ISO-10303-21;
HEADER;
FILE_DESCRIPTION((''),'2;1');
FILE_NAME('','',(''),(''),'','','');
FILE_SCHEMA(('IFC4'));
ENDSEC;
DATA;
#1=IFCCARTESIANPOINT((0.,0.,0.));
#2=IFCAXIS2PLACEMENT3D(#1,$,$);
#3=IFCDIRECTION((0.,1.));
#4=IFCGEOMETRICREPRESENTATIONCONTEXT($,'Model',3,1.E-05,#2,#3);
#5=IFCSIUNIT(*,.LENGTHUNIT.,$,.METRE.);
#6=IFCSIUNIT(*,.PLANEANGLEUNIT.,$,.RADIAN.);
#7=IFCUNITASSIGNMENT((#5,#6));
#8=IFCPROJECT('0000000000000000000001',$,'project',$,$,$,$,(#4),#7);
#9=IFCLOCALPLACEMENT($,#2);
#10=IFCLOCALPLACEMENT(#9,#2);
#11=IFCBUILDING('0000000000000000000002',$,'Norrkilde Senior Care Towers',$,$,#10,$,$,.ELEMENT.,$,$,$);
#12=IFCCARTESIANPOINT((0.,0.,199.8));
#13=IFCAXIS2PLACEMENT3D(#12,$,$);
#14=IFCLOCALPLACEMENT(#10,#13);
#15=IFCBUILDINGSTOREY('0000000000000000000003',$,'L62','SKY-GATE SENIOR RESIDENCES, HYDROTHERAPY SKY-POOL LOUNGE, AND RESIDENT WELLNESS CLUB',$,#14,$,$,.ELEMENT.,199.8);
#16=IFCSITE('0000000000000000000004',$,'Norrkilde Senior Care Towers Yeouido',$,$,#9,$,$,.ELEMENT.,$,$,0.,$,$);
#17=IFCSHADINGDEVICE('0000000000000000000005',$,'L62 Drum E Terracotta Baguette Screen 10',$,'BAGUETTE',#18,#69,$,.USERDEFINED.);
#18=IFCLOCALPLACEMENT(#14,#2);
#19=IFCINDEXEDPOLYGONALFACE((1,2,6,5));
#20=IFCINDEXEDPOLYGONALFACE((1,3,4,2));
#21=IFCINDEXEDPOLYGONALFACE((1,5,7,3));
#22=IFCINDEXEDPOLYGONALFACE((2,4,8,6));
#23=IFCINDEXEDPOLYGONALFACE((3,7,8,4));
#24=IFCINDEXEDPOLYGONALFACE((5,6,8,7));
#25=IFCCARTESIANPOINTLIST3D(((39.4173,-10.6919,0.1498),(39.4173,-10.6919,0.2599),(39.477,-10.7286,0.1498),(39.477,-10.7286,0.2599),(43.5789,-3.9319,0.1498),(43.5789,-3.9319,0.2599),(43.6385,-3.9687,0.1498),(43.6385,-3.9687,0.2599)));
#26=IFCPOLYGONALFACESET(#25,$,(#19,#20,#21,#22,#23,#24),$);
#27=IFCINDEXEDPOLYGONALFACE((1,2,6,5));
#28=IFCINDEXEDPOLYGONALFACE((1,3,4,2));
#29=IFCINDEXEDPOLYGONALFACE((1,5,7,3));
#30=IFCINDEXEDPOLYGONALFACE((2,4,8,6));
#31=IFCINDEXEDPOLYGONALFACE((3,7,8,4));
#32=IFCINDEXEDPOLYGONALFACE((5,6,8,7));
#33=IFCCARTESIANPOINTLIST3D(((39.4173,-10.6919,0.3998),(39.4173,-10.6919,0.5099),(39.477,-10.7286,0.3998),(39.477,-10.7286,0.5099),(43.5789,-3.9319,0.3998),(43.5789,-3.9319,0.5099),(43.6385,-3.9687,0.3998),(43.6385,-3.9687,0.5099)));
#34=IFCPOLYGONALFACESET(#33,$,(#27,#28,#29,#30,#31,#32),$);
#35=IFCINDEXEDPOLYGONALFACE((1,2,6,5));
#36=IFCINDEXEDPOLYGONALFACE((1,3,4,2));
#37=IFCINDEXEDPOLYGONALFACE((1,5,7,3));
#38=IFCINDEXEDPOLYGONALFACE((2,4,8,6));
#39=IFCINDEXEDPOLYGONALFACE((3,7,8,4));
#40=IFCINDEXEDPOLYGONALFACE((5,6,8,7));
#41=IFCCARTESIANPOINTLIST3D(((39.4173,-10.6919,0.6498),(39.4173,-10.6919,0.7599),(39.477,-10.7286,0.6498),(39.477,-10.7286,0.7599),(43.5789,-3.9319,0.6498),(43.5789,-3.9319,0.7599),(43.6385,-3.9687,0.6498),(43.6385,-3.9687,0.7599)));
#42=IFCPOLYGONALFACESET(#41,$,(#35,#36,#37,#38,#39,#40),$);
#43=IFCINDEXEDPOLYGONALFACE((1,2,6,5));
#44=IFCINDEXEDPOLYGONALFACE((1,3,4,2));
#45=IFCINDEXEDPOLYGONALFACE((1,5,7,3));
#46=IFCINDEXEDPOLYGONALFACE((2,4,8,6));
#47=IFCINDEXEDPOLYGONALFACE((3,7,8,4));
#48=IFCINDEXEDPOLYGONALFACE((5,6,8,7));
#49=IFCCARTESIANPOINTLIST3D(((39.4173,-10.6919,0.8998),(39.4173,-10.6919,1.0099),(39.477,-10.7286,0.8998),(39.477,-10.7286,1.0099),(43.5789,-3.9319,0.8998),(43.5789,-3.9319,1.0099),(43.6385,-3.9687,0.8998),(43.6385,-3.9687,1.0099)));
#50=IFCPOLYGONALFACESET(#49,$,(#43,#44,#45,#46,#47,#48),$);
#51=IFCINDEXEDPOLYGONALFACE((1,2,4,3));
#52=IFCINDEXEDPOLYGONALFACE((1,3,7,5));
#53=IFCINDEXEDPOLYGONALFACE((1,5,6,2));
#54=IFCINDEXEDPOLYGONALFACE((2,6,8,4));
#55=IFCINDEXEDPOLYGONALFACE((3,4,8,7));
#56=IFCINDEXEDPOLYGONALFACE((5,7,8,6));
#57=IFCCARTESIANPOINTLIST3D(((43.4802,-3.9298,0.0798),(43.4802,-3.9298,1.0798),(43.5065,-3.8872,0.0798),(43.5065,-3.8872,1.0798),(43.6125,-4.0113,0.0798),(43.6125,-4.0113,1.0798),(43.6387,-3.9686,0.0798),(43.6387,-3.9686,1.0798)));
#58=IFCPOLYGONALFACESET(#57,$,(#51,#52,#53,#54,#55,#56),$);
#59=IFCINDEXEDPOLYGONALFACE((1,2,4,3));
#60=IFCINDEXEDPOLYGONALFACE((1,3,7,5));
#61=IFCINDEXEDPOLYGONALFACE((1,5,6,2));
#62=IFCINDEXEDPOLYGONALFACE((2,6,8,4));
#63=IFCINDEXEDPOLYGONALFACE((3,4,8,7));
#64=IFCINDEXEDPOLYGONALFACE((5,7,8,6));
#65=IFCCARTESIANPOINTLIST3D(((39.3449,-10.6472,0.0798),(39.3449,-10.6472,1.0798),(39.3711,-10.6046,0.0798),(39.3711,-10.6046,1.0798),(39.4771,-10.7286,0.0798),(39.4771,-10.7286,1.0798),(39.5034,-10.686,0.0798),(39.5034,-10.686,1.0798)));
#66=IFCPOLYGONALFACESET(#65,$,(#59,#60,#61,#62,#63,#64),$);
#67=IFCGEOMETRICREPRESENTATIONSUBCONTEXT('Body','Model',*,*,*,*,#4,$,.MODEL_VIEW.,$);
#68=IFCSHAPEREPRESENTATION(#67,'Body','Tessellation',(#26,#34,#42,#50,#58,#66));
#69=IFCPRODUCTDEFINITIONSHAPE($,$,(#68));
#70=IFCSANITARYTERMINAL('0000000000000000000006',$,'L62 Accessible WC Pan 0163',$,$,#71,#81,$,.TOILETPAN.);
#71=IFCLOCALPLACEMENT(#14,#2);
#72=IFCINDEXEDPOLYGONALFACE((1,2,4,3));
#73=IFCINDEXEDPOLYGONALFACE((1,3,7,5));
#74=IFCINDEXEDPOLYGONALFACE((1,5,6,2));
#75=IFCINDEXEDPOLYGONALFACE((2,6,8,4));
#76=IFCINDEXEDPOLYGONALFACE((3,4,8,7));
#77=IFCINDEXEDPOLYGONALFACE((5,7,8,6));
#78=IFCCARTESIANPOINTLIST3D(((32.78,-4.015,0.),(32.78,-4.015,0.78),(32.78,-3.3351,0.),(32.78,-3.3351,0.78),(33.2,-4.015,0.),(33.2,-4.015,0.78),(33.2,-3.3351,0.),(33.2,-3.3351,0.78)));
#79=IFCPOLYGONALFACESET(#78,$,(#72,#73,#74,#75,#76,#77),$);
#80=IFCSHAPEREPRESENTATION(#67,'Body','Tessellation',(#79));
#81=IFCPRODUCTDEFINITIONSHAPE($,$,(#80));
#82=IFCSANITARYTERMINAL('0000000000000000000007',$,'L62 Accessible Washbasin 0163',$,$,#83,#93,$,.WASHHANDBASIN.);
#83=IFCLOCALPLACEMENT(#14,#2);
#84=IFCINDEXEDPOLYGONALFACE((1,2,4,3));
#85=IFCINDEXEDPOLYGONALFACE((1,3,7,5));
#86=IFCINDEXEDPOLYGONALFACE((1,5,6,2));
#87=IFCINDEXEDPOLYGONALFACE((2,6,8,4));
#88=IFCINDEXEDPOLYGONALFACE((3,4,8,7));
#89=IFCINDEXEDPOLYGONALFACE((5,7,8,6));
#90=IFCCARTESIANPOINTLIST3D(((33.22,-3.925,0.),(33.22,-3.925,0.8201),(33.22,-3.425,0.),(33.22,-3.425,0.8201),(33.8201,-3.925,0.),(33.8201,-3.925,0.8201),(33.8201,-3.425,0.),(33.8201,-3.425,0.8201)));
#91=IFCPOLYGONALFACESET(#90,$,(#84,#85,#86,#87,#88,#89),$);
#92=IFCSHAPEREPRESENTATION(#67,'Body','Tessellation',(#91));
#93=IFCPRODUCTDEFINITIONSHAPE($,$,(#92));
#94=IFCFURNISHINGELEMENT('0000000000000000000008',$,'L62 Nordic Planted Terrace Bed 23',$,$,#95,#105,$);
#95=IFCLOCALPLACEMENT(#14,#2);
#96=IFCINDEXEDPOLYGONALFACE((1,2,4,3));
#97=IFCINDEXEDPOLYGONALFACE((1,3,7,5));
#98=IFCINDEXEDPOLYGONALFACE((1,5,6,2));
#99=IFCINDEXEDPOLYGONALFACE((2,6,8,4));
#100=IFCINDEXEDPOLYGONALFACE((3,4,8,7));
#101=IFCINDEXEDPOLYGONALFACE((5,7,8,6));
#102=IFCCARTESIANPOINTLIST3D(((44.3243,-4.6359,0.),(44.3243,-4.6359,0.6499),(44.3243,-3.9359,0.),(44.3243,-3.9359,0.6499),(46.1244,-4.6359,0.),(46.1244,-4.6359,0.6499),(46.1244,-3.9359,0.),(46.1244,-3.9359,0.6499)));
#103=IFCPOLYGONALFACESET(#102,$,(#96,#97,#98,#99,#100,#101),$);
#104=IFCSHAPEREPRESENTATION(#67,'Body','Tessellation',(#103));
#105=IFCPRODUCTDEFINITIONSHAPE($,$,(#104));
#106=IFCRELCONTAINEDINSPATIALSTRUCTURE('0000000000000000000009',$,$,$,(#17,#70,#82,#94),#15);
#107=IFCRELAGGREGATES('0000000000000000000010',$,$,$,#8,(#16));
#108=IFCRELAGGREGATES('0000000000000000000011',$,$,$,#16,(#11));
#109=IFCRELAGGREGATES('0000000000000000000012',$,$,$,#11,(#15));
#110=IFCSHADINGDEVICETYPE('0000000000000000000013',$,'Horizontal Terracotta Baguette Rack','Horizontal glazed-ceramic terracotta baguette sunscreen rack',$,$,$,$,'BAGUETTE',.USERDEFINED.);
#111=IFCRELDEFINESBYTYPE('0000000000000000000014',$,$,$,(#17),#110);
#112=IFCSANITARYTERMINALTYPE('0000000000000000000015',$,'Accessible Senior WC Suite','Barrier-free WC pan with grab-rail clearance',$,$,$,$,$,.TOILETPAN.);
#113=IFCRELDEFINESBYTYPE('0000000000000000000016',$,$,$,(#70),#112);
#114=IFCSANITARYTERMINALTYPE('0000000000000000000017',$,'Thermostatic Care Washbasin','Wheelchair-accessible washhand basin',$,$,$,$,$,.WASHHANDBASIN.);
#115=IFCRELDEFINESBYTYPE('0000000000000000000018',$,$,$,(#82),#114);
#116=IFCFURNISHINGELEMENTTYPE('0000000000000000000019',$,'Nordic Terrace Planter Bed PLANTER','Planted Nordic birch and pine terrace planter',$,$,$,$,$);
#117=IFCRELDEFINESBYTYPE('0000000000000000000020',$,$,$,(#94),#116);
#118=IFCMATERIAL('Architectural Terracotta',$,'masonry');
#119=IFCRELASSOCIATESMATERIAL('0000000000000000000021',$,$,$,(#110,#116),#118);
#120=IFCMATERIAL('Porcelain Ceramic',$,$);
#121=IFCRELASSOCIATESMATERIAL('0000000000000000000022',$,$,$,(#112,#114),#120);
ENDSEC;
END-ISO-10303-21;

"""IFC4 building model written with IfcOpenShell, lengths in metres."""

from ifc_helpers import new_model, si_unit, direction, frame, origin, origin_2d, place, context, subcontext, project, spatial, rectangle, extrude, source, transform, mapped, material, type_object, type_shapes, element, save


model = new_model("IFC4")

# Units and contexts
model_context = context("Model", 3, precision=1e-05, world=origin(), true_north=direction((0.0, 1.0)))
body_context = subcontext(model_context, "Body", "Model", "MODEL_VIEW")
ifc_project = project(units=[si_unit("LENGTHUNIT", "METRE"), si_unit("PLANEANGLEUNIT", "RADIAN")], contexts=[model_context])

# Site, building, storey
site_placement = place(None, origin())
site = spatial("IfcSite", under=ifc_project, at=site_placement, Name="Norrkilde Senior Care Towers Yeouido", CompositionType="ELEMENT", RefElevation=0.0)
building_placement = place(site_placement, origin())
building = spatial("IfcBuilding", under=site, at=building_placement, Name="Norrkilde Senior Care Towers", CompositionType="ELEMENT")
storey_placement = place(building_placement, frame((0.0, 0.0, 199.8)))
storey = spatial("IfcBuildingStorey", under=building, at=storey_placement, Name="L62", Description="SKY-GATE SENIOR RESIDENCES, HYDROTHERAPY SKY-POOL LOUNGE, AND RESIDENT WELLNESS CLUB", CompositionType="ELEMENT", Elevation=199.8)

# Shading device
ifc_material_1 = material(Name="Architectural Terracotta", Category="masonry")
shading_device_type = type_object("IfcShadingDeviceType", Name="Horizontal Terracotta Baguette Rack", Description="Horizontal glazed-ceramic terracotta baguette sunscreen rack", ElementType="BAGUETTE", PredefinedType="USERDEFINED", material=ifc_material_1)
shared_shape_1 = source(origin(), body_context, "Body", "SweptSolid", [
    extrude(rectangle(XDim=0.0701, YDim=0.1101, at=origin_2d()), frame((0.0, 0.0901, 0.125), z_axis=(1.0, 0.0, 0.0), x_axis=(0.0, 1.0, 0.0)), (0.0, 0.0, 1.0), 7.9382),
    extrude(rectangle(XDim=0.0701, YDim=0.1101, at=origin_2d()), frame((0.0, 0.0901, 0.375), z_axis=(1.0, 0.0, 0.0), x_axis=(0.0, 1.0, 0.0)), (0.0, 0.0, 1.0), 7.9382),
    extrude(rectangle(XDim=0.0701, YDim=0.1101, at=origin_2d()), frame((0.0, 0.0901, 0.625), z_axis=(1.0, 0.0, 0.0), x_axis=(0.0, 1.0, 0.0)), (0.0, 0.0, 1.0), 7.9382),
    extrude(rectangle(XDim=0.0701, YDim=0.1101, at=origin_2d()), frame((0.0, 0.0901, 0.875), z_axis=(1.0, 0.0, 0.0), x_axis=(0.0, 1.0, 0.0)), (0.0, 0.0, 1.0), 7.9382),
    extrude(rectangle(XDim=0.05, YDim=0.1553, at=origin_2d()), frame((0.0249, 0.0476, 0.0)), (0.0, 0.0, 1.0), 1.0),
    extrude(rectangle(XDim=0.05, YDim=0.1553, at=origin_2d()), frame((7.9131, 0.0476, 0.0)), (0.0, 0.0, 1.0), 1.0),
])
type_shapes(shading_device_type, [shared_shape_1])
shading_device_placement = place(storey_placement, frame((43.532, -3.9031, 0.0798), z_axis=(0.0, 0.0, 1.0), x_axis=(-0.52425, -0.851576, 0.0)))
element("IfcShadingDevice", 1, at=shading_device_placement, inside=storey, type_object=shading_device_type, Name="L62 Drum E Terracotta Baguette Screen 10", ObjectType="BAGUETTE", PredefinedType="USERDEFINED", context=body_context, shape_type="MappedRepresentation", body=[
    mapped(shared_shape_1, transform((0.0, 0.0, 0.0), x_axis=(1.0, 0.0, 0.0), y_axis=(0.0, 1.0, 0.0), z_axis=(0.0, 0.0, 1.0), scale=1.0)),
])

# Sanitary terminals
ifc_material_2 = material(Name="Porcelain Ceramic")
sanitary_terminal_type_1 = type_object("IfcSanitaryTerminalType", Name="Accessible Senior WC Suite", Description="Barrier-free WC pan with grab-rail clearance", PredefinedType="TOILETPAN", material=ifc_material_2)
shared_shape_2 = source(origin(), body_context, "Body", "SweptSolid", [
    extrude(rectangle(XDim=0.4199, YDim=0.6799, at=origin_2d()), origin(), (0.0, 0.0, 1.0), 0.78),
])
type_shapes(sanitary_terminal_type_1, [shared_shape_2])
sanitary_terminal_1_placement = place(storey_placement, frame((32.99, -3.675, 0.0), z_axis=(0.0, 0.0, 1.0), x_axis=(1.0, 0.0, 0.0)))
element("IfcSanitaryTerminal", 2, at=sanitary_terminal_1_placement, inside=storey, type_object=sanitary_terminal_type_1, Name="L62 Accessible WC Pan 0163", PredefinedType="TOILETPAN", context=body_context, shape_type="MappedRepresentation", body=[
    mapped(shared_shape_2, transform((0.0, 0.0, 0.0), x_axis=(1.0, 0.0, 0.0), y_axis=(0.0, 1.0, 0.0), z_axis=(0.0, 0.0, 1.0), scale=1.0)),
])
sanitary_terminal_type_2 = type_object("IfcSanitaryTerminalType", Name="Thermostatic Care Washbasin", Description="Wheelchair-accessible washhand basin", PredefinedType="WASHHANDBASIN", material=ifc_material_2)
shared_shape_3 = source(origin(), body_context, "Body", "SweptSolid", [
    extrude(rectangle(XDim=0.6001, YDim=0.5, at=origin_2d()), origin(), (0.0, 0.0, 1.0), 0.8201),
])
type_shapes(sanitary_terminal_type_2, [shared_shape_3])
sanitary_terminal_2_placement = place(storey_placement, frame((33.52, -3.675, 0.0), z_axis=(0.0, 0.0, 1.0), x_axis=(1.0, 0.0, 0.0)))
element("IfcSanitaryTerminal", 3, at=sanitary_terminal_2_placement, inside=storey, type_object=sanitary_terminal_type_2, Name="L62 Accessible Washbasin 0163", PredefinedType="WASHHANDBASIN", context=body_context, shape_type="MappedRepresentation", body=[
    mapped(shared_shape_3, transform((0.0, 0.0, 0.0), x_axis=(1.0, 0.0, 0.0), y_axis=(0.0, 1.0, 0.0), z_axis=(0.0, 0.0, 1.0), scale=1.0)),
])

# Furnishing element
furnishing_element_type = type_object("IfcFurnishingElementType", Name="Nordic Terrace Planter Bed PLANTER", Description="Planted Nordic birch and pine terrace planter", material=ifc_material_1)
shared_shape_4 = source(origin(), body_context, "Body", "SweptSolid", [
    extrude(rectangle(XDim=1.8, YDim=0.7, at=origin_2d()), origin(), (0.0, 0.0, 1.0), 0.6499),
])
type_shapes(furnishing_element_type, [shared_shape_4])
furnishing_placement = place(storey_placement, frame((45.2244, -4.2859, 0.0), z_axis=(0.0, 0.0, 1.0), x_axis=(1.0, 0.0, 0.0)))
element("IfcFurnishingElement", 4, at=furnishing_placement, inside=storey, type_object=furnishing_element_type, Name="L62 Nordic Planted Terrace Bed 23", context=body_context, shape_type="MappedRepresentation", body=[
    mapped(shared_shape_4, transform((0.0, 0.0, 0.0), x_axis=(1.0, 0.0, 0.0), y_axis=(0.0, 1.0, 0.0), z_axis=(0.0, 0.0, 1.0), scale=1.0)),
])

save(model, "model.ifc")
